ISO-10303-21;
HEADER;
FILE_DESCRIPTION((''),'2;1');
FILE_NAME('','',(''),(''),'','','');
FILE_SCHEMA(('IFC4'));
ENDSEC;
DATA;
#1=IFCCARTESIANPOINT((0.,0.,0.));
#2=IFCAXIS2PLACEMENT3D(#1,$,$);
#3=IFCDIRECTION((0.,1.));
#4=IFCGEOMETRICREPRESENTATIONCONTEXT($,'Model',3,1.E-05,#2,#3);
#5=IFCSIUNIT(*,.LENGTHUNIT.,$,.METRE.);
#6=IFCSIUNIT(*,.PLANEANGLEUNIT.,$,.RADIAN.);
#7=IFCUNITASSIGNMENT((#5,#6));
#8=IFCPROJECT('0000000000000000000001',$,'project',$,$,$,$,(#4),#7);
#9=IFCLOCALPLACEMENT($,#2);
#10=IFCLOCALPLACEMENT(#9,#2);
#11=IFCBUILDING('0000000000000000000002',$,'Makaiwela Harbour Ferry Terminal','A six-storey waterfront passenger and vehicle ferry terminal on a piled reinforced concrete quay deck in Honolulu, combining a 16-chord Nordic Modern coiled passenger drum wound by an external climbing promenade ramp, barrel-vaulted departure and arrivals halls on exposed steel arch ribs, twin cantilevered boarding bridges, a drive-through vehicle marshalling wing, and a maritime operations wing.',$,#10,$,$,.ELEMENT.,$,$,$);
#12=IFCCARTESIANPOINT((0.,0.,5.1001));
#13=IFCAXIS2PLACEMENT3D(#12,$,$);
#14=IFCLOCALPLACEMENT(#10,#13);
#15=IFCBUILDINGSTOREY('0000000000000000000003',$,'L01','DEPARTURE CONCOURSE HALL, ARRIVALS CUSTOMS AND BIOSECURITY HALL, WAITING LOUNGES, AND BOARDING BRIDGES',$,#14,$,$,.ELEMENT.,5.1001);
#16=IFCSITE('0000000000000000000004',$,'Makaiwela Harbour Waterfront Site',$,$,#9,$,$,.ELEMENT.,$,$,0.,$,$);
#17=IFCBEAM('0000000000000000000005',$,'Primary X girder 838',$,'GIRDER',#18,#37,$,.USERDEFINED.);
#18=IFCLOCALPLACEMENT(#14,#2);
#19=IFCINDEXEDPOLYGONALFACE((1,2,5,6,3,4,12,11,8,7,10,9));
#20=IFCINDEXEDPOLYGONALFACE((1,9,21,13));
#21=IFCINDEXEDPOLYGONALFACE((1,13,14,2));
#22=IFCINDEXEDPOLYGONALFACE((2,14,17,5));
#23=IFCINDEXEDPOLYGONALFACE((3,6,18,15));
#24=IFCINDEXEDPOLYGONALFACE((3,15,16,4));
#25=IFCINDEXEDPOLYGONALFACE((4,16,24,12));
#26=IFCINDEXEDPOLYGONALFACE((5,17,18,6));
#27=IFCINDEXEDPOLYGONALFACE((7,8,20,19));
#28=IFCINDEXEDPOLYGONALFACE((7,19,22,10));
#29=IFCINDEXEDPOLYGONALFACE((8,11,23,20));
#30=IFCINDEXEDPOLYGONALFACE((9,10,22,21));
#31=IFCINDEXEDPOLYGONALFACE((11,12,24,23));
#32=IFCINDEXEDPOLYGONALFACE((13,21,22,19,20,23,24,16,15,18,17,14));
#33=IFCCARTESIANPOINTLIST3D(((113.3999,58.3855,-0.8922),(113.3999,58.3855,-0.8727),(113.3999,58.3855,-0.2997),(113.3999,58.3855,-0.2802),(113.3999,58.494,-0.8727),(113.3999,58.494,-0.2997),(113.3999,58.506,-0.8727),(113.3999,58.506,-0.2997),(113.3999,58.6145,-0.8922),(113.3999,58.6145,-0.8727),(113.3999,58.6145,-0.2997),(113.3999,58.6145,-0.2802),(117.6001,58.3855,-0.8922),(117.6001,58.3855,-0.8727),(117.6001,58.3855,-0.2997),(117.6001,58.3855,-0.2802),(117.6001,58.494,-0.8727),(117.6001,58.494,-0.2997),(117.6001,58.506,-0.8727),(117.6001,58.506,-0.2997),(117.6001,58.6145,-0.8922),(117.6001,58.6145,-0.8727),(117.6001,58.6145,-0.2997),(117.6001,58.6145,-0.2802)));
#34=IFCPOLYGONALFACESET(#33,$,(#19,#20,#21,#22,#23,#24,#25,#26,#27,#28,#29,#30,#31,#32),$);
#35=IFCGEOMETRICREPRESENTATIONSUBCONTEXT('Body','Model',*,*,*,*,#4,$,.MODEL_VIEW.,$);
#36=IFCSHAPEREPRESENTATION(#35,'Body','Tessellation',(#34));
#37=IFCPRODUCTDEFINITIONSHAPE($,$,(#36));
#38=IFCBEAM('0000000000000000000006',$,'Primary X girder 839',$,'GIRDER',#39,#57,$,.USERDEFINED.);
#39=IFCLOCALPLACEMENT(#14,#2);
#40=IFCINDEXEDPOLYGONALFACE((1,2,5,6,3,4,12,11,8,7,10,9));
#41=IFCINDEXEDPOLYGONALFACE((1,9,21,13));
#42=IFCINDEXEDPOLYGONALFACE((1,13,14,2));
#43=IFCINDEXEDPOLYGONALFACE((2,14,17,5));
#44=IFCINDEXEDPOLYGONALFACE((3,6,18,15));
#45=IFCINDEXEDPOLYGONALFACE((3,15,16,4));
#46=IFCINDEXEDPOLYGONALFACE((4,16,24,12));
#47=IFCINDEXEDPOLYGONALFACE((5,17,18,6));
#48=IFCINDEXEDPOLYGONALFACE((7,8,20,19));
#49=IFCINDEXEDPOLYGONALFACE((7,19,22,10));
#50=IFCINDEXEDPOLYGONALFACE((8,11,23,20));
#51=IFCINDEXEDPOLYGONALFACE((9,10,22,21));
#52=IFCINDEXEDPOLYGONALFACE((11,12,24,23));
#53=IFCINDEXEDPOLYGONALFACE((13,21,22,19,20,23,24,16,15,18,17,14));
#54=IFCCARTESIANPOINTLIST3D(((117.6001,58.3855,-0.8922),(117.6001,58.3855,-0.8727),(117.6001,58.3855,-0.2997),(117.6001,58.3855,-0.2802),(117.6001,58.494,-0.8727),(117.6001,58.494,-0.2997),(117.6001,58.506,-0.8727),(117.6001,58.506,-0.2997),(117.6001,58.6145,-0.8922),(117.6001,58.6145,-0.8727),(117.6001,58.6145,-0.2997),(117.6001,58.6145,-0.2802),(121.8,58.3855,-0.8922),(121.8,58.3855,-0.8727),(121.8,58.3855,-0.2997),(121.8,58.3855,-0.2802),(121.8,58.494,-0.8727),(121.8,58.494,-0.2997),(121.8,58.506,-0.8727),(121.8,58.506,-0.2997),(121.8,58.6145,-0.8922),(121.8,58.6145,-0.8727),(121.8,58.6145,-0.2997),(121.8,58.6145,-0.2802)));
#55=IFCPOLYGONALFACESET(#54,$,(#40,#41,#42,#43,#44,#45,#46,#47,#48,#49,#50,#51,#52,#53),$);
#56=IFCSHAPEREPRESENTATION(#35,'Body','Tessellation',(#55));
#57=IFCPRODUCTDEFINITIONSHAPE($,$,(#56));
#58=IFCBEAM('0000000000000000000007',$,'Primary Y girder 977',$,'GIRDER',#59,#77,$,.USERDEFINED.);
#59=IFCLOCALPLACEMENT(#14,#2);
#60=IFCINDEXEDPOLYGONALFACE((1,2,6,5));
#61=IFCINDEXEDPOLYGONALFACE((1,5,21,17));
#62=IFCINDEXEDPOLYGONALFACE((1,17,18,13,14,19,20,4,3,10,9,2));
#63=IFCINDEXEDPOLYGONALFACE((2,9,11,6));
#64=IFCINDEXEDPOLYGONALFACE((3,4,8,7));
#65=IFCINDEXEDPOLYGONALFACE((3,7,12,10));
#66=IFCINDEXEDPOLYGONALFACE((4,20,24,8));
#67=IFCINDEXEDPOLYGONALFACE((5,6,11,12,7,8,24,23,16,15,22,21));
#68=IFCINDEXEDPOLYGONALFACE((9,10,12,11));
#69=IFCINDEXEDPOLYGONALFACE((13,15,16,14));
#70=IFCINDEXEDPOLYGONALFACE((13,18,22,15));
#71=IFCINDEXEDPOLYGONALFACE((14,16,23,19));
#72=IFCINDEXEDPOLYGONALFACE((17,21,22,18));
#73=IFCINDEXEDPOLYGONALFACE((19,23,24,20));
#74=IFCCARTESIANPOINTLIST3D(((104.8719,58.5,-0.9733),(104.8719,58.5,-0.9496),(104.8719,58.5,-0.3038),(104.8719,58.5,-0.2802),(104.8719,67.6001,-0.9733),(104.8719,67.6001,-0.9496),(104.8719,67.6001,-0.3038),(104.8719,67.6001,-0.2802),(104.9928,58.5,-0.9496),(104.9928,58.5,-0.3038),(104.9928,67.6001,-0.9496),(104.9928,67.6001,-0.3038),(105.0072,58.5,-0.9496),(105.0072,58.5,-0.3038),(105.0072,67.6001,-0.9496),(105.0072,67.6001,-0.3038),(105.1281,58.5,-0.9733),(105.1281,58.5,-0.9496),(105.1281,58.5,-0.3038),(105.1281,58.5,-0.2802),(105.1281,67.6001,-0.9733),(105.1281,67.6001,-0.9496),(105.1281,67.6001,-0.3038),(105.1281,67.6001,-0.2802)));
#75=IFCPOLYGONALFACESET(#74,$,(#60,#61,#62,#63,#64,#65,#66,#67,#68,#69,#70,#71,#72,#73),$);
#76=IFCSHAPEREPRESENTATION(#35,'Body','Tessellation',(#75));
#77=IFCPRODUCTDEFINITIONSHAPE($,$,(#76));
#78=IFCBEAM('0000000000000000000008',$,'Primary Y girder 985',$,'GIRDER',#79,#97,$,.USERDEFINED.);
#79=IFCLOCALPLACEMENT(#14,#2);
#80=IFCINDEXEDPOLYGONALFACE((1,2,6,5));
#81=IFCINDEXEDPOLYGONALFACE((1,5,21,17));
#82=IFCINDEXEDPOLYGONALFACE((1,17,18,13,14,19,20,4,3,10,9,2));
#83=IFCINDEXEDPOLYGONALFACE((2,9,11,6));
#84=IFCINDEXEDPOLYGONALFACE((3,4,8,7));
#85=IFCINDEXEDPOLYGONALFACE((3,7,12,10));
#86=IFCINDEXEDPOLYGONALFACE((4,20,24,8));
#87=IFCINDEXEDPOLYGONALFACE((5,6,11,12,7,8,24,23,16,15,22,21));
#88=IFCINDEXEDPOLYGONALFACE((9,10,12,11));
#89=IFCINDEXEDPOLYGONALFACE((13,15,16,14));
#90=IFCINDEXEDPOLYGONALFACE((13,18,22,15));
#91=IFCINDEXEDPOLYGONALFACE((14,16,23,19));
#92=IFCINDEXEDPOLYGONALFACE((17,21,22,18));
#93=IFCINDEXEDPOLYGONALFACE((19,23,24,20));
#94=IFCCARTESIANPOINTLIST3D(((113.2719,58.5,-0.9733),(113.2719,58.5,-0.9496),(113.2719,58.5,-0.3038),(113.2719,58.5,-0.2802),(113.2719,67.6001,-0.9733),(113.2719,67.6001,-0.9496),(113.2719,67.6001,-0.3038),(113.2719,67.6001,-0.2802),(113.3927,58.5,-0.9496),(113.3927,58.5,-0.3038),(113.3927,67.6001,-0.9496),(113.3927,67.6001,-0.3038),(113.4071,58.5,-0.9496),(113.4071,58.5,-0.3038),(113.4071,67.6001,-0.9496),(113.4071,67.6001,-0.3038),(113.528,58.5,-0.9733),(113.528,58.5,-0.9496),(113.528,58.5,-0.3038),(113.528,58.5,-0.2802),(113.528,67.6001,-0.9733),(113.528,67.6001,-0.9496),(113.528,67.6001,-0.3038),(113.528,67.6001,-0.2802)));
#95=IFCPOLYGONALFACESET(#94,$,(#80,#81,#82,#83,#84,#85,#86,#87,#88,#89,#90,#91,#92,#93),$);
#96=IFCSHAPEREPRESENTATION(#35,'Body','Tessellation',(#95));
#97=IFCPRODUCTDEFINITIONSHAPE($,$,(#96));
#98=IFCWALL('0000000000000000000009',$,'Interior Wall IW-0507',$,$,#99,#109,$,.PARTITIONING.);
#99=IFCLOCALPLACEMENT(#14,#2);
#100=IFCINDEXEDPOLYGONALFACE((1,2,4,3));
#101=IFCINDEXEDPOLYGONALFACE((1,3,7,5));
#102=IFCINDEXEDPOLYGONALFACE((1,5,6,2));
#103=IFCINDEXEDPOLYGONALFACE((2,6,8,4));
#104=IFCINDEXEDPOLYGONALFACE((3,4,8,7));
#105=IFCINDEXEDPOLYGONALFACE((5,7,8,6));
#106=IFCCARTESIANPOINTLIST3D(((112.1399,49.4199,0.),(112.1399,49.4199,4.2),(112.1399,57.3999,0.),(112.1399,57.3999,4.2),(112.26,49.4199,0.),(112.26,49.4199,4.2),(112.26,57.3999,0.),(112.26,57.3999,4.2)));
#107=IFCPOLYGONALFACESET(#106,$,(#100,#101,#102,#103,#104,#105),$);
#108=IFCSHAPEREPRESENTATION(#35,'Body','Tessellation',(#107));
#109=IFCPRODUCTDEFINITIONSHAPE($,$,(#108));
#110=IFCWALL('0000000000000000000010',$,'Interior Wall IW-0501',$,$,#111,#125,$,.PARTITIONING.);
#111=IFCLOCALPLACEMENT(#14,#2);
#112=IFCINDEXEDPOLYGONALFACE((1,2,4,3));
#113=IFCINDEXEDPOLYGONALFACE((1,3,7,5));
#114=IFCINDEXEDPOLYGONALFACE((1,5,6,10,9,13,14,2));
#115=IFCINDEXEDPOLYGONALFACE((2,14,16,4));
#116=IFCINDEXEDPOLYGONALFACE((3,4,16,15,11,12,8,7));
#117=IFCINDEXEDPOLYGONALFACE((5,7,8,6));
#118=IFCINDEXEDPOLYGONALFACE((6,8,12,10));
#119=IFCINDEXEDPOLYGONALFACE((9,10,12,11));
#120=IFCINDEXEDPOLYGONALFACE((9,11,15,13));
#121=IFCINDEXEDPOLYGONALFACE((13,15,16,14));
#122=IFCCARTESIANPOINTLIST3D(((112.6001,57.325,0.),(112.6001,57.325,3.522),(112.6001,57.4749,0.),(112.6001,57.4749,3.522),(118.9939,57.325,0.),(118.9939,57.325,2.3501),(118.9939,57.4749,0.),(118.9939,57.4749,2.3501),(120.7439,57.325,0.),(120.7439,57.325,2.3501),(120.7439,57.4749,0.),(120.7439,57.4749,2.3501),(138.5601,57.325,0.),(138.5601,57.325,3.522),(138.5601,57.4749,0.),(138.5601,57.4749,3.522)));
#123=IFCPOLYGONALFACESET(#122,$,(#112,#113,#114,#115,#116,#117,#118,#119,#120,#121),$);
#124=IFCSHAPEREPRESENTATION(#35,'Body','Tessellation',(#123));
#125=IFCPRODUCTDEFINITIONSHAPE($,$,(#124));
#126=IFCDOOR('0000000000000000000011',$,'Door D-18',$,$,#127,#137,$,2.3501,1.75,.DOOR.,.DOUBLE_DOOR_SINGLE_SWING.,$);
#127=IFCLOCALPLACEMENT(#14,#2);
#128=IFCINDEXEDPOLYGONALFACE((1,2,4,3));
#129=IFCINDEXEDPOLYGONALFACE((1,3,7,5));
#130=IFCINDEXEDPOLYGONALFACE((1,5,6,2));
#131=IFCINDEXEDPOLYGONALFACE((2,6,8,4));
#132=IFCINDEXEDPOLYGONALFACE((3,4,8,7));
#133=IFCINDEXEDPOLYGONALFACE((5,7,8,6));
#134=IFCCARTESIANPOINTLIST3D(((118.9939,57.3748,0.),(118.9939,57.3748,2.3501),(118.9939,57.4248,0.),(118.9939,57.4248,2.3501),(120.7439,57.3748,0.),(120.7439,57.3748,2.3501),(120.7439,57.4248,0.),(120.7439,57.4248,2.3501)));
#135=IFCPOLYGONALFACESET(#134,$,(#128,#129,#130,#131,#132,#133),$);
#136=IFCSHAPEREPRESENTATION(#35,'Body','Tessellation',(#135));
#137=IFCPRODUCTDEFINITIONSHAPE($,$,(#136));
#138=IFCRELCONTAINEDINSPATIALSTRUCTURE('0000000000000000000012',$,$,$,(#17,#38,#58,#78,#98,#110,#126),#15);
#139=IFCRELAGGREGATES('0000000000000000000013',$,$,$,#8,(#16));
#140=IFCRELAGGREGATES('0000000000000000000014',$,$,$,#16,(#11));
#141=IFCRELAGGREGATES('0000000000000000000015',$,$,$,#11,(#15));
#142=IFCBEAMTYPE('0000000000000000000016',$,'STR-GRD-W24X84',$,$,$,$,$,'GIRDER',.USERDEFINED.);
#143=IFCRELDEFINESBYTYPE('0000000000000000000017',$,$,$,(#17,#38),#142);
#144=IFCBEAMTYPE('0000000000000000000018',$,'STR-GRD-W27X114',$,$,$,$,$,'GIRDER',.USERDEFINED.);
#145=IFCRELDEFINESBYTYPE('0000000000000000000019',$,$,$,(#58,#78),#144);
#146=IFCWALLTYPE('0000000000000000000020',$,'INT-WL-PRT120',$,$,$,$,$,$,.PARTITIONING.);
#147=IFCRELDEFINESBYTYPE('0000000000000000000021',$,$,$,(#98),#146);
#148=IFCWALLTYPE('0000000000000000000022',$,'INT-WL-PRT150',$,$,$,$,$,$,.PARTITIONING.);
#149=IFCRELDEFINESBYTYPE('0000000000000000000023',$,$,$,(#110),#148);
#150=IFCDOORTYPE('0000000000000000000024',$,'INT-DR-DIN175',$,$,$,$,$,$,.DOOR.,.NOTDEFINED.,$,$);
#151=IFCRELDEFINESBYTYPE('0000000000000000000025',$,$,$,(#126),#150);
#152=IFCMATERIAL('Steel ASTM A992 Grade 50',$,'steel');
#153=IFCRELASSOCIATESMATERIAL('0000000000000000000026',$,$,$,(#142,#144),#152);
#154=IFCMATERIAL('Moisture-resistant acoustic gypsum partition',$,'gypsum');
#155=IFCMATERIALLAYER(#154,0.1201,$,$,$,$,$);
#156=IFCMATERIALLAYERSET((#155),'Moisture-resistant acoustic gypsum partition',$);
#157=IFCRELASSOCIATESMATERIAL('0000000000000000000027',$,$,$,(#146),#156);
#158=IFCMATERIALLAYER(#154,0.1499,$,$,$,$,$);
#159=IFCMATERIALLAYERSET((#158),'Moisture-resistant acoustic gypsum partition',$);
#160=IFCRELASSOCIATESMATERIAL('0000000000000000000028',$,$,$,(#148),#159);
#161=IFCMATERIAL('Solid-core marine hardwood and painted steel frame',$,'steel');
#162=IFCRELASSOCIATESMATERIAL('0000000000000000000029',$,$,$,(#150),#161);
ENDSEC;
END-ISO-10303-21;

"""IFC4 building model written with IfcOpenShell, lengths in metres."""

from ifc_helpers import new_model, si_unit, direction, frame, frame_2d, origin, origin_2d, place, context, subcontext, project, spatial, rectangle, i_section, extrude, material, layer, layer_set, material_profile, profile_set, type_object, element, fill, save


model = new_model("IFC4")

# Units and contexts
model_context = context("Model", 3, precision=1e-05, world=origin(), true_north=direction((0.0, 1.0)))
body_context = subcontext(model_context, "Body", "Model", "MODEL_VIEW")
ifc_project = project(units=[si_unit("LENGTHUNIT", "METRE"), si_unit("PLANEANGLEUNIT", "RADIAN")], contexts=[model_context])

# Site, building, storey
site_placement = place(None, origin())
site = spatial("IfcSite", under=ifc_project, at=site_placement, Name="Makaiwela Harbour Waterfront Site", CompositionType="ELEMENT", RefElevation=0.0)
building_placement = place(site_placement, origin())
building = spatial("IfcBuilding", under=site, at=building_placement, Name="Makaiwela Harbour Ferry Terminal", Description="A six-storey waterfront passenger and vehicle ferry terminal on a piled reinforced concrete quay deck in Honolulu, combining a 16-chord Nordic Modern coiled passenger drum wound by an external climbing promenade ramp, barrel-vaulted departure and arrivals halls on exposed steel arch ribs, twin cantilevered boarding bridges, a drive-through vehicle marshalling wing, and a maritime operations wing.", CompositionType="ELEMENT")
storey_placement = place(building_placement, frame((0.0, 0.0, 5.1001)))
storey = spatial("IfcBuildingStorey", under=building, at=storey_placement, Name="L01", Description="DEPARTURE CONCOURSE HALL, ARRIVALS CUSTOMS AND BIOSECURITY HALL, WAITING LOUNGES, AND BOARDING BRIDGES", CompositionType="ELEMENT", Elevation=5.1001)

# Shared definitions
ifc_material_1 = material(Name="Steel ASTM A992 Grade 50", Category="steel")

# Beams
ifc_material_profile_1 = material_profile(ifc_material_1, i_section(OverallWidth=0.229, OverallDepth=0.6121, WebThickness=0.012, FlangeThickness=0.0195, at=origin_2d()), Name="W24X84")
ifc_profile_set_1 = profile_set([ifc_material_profile_1], Name="Steel ASTM A992 Grade 50")
beam_type_1 = type_object("IfcBeamType", Name="STR-GRD-W24X84", ElementType="GIRDER", PredefinedType="USERDEFINED", material=ifc_profile_set_1)
beam_1_placement = place(storey_placement, frame((113.3999, 58.5, -0.5862), z_axis=(1.0, 0.0, 0.0), x_axis=(0.0, 1.0, 0.0)))
element("IfcBeam", 1, at=beam_1_placement, inside=storey, type_object=beam_type_1, Name="Primary X girder 838", ObjectType="GIRDER", PredefinedType="USERDEFINED", context=body_context, shape_type="SweptSolid", body=[
    extrude(i_section(OverallWidth=0.229, OverallDepth=0.6121, WebThickness=0.012, FlangeThickness=0.0195, at=origin_2d()), origin(), (0.0, 0.0, 1.0), 4.2002),
])
beam_2_placement = place(storey_placement, frame((117.6001, 58.5, -0.5862), z_axis=(1.0, 0.0, 0.0), x_axis=(0.0, 1.0, 0.0)))
element("IfcBeam", 2, at=beam_2_placement, inside=storey, type_object=beam_type_1, Name="Primary X girder 839", ObjectType="GIRDER", PredefinedType="USERDEFINED", context=body_context, shape_type="SweptSolid", body=[
    extrude(i_section(OverallWidth=0.229, OverallDepth=0.6121, WebThickness=0.012, FlangeThickness=0.0195, at=origin_2d()), origin(), (0.0, 0.0, 1.0), 4.2),
])
ifc_material_profile_2 = material_profile(ifc_material_1, i_section(OverallWidth=0.2561, OverallDepth=0.6931, WebThickness=0.0144, FlangeThickness=0.0237, at=origin_2d()), Name="W27X114")
ifc_profile_set_2 = profile_set([ifc_material_profile_2], Name="Steel ASTM A992 Grade 50")
beam_type_2 = type_object("IfcBeamType", Name="STR-GRD-W27X114", ElementType="GIRDER", PredefinedType="USERDEFINED", material=ifc_profile_set_2)
for number, where, z_axis, x_axis, name in (
    (3, (105.0, 58.5, -0.6267), (0.0, 1.0, 0.0), (-1.0, 0.0, 0.0), "Primary Y girder 977"),
    (4, (113.3999, 58.5, -0.6267), (0.0, 1.0, 0.0), (-1.0, 0.0, 0.0), "Primary Y girder 985"),
):
    element("IfcBeam", number, at=place(storey_placement, frame(where, z_axis=z_axis, x_axis=x_axis)), inside=storey, type_object=beam_type_2, Name=name, ObjectType="GIRDER", PredefinedType="USERDEFINED", context=body_context, shape_type="SweptSolid", body=[
        extrude(i_section(OverallWidth=0.2561, OverallDepth=0.6931, WebThickness=0.0144, FlangeThickness=0.0237, at=origin_2d()), origin(), (0.0, 0.0, 1.0), 9.1001),
    ])

# Wall
ifc_material_2 = material(Name="Moisture-resistant acoustic gypsum partition", Category="gypsum")
ifc_layer_1 = layer(ifc_material_2, 0.1201)
ifc_layer_set_1 = layer_set([ifc_layer_1], Name="Moisture-resistant acoustic gypsum partition")
wall_type_1 = type_object("IfcWallType", Name="INT-WL-PRT120", PredefinedType="PARTITIONING", material=ifc_layer_set_1)
wall_1_placement = place(storey_placement, frame((112.2, 49.4199, 0.0), z_axis=(0.0, 0.0, 1.0), x_axis=(0.0, 1.0, 0.0)))
element("IfcWall", 5, at=wall_1_placement, inside=storey, type_object=wall_type_1, Name="Interior Wall IW-0507", PredefinedType="PARTITIONING", context=body_context, shape_type="SweptSolid", body=[
    extrude(rectangle(XDim=7.98, YDim=0.1201, at=frame_2d((3.99, 0.0))), origin(), (0.0, 0.0, 1.0), 4.2),
])

# Wall, opening, door
ifc_layer_2 = layer(ifc_material_2, 0.1499)
ifc_layer_set_2 = layer_set([ifc_layer_2], Name="Moisture-resistant acoustic gypsum partition")
wall_type_2 = type_object("IfcWallType", Name="INT-WL-PRT150", PredefinedType="PARTITIONING", material=ifc_layer_set_2)
wall_2_placement = place(storey_placement, frame((112.6001, 57.3999, 0.0), z_axis=(0.0, 0.0, 1.0), x_axis=(1.0, 0.0, 0.0)))
wall_2 = element("IfcWall", 6, at=wall_2_placement, inside=storey, type_object=wall_type_2, Name="Interior Wall IW-0501", PredefinedType="PARTITIONING", context=body_context, shape_type="SweptSolid", body=[
    extrude(rectangle(XDim=25.96, YDim=0.1499, at=frame_2d((12.98, 0.0))), origin(), (0.0, 0.0, 1.0), 3.522),
])
opening_placement = place(wall_2_placement, frame((6.3938, 0.0, 0.0)))
opening = element("IfcOpeningElement", 7, at=opening_placement, cuts=wall_2, PredefinedType="OPENING", context=body_context, shape_type="SweptSolid", body=[
    extrude(rectangle(XDim=1.75, YDim=2.3501, at=frame_2d((0.875, 1.175))), frame((0.0, 0.085, 0.0), z_axis=(0.0, -1.0, 0.0), x_axis=(1.0, 0.0, 0.0)), (0.0, 0.0, 1.0), 0.1699),
])
ifc_material_3 = material(Name="Solid-core marine hardwood and painted steel frame", Category="steel")
door_type = type_object("IfcDoorType", Name="INT-DR-DIN175", OperationType="NOTDEFINED", PredefinedType="DOOR", material=ifc_material_3)
door_placement = place(opening_placement, origin())
door = element("IfcDoor", 8, at=door_placement, inside=storey, type_object=door_type, Name="Door D-18", OperationType="DOUBLE_DOOR_SINGLE_SWING", OverallHeight=2.3501, OverallWidth=1.75, PredefinedType="DOOR", context=body_context, shape_type="SweptSolid", body=[
    extrude(rectangle(XDim=1.75, YDim=2.3501, at=frame_2d((0.875, 1.175))), frame((0.0, 0.0249, 0.0), z_axis=(0.0, -1.0, 0.0), x_axis=(1.0, 0.0, 0.0)), (0.0, 0.0, 1.0), 0.05),
])
fill(opening, door)

save(model, "model.ifc")
